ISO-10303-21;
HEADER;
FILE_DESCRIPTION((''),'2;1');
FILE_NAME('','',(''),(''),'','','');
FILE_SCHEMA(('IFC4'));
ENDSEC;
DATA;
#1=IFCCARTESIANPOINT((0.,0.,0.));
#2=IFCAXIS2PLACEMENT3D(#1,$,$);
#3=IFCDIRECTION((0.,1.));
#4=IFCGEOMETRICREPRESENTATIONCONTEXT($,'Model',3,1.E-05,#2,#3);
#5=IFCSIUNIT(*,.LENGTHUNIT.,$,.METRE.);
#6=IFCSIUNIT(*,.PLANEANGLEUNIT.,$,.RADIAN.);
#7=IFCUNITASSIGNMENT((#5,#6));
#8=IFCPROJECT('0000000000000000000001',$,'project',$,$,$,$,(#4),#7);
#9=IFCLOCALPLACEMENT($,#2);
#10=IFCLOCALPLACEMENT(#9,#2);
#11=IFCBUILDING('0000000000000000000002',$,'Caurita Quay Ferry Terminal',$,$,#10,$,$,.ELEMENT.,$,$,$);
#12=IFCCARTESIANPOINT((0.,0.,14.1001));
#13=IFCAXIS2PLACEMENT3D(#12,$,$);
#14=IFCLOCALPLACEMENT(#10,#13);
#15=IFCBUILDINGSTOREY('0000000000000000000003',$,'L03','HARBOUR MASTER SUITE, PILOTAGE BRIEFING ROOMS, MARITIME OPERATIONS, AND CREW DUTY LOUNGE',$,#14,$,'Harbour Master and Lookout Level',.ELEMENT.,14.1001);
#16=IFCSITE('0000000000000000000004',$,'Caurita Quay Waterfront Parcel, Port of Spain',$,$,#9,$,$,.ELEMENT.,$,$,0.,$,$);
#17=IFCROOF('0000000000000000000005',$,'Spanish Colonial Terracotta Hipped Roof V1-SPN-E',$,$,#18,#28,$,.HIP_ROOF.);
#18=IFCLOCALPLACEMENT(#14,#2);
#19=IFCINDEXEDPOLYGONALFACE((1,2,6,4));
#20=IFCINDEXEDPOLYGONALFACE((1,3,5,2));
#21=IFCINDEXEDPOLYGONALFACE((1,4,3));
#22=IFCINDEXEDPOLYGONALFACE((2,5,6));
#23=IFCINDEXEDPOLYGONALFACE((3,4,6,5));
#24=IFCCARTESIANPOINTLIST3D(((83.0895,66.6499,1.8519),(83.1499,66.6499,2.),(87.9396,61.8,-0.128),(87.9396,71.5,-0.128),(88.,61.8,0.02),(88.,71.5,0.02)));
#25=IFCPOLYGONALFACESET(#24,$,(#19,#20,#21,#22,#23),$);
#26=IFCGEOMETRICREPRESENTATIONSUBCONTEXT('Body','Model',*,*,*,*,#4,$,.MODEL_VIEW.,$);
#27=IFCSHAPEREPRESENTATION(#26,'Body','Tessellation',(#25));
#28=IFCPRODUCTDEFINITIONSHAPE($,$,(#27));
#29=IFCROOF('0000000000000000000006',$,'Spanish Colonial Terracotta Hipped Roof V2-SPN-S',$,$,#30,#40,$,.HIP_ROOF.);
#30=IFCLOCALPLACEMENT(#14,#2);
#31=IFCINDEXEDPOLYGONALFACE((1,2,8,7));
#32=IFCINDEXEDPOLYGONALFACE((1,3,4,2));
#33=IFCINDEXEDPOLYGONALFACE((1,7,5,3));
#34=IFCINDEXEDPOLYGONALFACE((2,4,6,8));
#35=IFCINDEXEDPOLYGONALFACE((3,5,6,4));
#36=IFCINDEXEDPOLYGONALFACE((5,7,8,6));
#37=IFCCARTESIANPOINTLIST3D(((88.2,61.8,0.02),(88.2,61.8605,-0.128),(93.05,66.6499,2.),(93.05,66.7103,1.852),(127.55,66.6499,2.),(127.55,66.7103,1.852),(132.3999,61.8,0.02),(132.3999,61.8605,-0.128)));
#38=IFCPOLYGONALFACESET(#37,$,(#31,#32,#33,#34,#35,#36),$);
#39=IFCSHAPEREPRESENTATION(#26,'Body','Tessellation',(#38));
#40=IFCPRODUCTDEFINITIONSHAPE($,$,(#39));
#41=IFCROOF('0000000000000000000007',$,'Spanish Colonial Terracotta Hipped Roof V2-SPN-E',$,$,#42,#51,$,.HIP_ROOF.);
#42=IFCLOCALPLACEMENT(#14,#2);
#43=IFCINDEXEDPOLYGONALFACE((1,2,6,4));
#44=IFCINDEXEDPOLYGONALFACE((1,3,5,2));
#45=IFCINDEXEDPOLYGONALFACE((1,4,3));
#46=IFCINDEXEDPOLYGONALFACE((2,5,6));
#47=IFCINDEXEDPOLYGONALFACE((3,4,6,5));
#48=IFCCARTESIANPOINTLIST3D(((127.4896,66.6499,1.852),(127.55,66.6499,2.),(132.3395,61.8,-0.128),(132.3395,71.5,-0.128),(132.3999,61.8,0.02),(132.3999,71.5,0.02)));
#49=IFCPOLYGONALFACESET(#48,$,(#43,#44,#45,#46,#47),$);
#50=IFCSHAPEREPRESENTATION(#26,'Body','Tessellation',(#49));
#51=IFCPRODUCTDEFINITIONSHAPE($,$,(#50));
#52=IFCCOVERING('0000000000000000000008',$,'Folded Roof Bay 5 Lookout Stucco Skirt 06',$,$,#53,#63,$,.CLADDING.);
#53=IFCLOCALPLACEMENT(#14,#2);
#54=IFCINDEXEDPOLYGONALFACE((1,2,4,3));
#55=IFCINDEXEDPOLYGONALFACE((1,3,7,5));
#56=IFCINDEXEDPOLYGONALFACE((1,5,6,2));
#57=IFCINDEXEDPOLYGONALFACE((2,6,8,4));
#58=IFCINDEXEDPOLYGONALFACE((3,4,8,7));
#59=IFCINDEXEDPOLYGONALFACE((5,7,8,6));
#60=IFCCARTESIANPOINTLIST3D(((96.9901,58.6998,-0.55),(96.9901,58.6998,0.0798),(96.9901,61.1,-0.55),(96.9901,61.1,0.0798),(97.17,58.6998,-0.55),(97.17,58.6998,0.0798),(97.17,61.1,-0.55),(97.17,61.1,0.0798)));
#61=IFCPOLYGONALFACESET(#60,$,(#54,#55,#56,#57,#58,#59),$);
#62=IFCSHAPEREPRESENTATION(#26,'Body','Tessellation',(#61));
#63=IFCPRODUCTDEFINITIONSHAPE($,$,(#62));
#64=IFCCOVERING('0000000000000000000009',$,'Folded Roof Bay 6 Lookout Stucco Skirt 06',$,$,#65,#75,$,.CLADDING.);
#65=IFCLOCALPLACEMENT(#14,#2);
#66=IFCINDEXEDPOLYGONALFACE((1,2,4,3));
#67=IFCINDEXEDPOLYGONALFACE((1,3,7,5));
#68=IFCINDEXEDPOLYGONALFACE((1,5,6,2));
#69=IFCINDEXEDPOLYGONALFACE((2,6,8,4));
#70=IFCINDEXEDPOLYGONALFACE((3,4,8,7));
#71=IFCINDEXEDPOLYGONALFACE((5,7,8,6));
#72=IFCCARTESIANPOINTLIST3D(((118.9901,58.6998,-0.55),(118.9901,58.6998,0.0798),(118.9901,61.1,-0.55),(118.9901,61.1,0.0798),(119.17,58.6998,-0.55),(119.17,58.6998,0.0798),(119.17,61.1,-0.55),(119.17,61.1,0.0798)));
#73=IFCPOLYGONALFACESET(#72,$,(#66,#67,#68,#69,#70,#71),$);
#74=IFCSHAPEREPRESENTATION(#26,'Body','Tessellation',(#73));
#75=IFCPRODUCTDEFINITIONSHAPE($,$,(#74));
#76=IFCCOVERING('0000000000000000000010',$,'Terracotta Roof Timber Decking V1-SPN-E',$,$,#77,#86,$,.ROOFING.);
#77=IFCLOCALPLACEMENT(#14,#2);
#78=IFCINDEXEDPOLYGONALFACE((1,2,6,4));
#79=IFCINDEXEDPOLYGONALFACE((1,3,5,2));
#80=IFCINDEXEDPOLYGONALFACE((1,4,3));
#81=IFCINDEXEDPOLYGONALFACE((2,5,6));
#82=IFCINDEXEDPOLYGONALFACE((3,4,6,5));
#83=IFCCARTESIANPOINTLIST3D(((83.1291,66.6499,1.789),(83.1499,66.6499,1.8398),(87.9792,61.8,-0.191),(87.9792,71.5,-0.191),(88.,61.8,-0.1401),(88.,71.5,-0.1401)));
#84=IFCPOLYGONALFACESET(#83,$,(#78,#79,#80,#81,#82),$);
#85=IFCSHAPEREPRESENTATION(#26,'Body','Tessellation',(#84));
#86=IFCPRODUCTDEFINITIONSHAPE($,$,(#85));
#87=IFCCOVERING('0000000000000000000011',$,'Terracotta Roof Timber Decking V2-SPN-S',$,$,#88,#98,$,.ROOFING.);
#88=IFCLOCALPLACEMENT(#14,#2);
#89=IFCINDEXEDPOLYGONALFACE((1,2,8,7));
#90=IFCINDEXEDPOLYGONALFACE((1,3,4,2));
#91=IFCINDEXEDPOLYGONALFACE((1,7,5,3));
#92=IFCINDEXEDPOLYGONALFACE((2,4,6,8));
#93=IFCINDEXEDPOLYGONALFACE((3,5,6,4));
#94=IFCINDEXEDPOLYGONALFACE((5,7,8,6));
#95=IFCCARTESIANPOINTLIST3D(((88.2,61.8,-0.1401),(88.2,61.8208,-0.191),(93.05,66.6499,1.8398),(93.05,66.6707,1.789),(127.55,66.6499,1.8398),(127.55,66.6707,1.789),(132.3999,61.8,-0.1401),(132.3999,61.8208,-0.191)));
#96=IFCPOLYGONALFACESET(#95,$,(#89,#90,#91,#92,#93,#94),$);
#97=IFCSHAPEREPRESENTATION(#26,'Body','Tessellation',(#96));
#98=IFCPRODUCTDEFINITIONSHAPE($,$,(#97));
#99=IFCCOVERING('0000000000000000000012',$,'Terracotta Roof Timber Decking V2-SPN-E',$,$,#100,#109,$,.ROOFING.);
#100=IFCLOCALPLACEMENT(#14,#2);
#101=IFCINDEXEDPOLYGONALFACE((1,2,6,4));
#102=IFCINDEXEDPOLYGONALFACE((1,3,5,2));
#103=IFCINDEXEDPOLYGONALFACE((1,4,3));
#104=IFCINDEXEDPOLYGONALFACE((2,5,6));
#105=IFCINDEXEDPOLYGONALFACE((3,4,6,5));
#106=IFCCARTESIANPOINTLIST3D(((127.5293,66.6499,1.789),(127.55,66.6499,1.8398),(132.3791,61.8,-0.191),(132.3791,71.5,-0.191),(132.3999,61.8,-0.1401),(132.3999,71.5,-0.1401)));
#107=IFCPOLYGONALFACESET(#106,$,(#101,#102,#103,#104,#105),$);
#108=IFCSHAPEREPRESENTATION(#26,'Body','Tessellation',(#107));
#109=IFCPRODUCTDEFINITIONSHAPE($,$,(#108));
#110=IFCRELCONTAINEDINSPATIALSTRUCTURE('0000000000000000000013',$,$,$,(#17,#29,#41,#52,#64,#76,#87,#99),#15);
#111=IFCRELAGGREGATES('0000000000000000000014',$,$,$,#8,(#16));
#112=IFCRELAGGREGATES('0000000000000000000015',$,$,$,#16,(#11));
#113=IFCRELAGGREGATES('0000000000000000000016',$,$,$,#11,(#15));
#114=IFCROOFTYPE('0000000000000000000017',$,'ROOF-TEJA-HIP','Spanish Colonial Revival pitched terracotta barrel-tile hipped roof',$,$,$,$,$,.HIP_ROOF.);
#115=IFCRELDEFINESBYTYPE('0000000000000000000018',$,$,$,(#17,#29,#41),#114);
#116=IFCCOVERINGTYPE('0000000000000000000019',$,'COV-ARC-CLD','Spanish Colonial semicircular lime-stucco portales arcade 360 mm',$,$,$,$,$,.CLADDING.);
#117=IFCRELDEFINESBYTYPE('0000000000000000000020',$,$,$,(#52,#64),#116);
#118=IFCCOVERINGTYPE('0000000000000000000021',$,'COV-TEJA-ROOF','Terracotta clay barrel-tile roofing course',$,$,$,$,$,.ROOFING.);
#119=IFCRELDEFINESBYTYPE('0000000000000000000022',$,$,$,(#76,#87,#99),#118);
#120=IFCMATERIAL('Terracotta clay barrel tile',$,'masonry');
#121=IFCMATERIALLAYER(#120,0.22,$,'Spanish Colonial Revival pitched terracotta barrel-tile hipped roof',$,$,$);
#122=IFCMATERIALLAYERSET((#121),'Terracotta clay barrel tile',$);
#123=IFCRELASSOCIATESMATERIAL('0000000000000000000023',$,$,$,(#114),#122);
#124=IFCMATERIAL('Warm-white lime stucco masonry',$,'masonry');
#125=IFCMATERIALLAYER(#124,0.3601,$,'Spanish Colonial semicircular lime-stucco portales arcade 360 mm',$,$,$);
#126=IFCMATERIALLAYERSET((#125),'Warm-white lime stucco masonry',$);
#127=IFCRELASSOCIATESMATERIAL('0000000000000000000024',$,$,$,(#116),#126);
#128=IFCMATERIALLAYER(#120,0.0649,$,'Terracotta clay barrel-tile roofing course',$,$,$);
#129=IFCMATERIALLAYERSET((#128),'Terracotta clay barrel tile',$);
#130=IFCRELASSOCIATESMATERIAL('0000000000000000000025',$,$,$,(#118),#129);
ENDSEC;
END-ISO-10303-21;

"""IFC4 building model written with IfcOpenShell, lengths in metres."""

from ifc_helpers import new_model, si_unit, direction, frame, frame_2d, origin, place, context, subcontext, project, spatial, polyline, rectangle, outline, extrude, material, layer, layer_set, type_object, element, save


model = new_model("IFC4")

# Units and contexts
model_context = context("Model", 3, precision=1e-05, world=origin(), true_north=direction((0.0, 1.0)))
body_context = subcontext(model_context, "Body", "Model", "MODEL_VIEW")
ifc_project = project(units=[si_unit("LENGTHUNIT", "METRE"), si_unit("PLANEANGLEUNIT", "RADIAN")], contexts=[model_context])

# Site, building, storey
site_placement = place(None, origin())
site = spatial("IfcSite", under=ifc_project, at=site_placement, Name="Caurita Quay Waterfront Parcel, Port of Spain", CompositionType="ELEMENT", RefElevation=0.0)
building_placement = place(site_placement, origin())
building = spatial("IfcBuilding", under=site, at=building_placement, Name="Caurita Quay Ferry Terminal", CompositionType="ELEMENT")
storey_placement = place(building_placement, frame((0.0, 0.0, 14.1001)))
storey = spatial("IfcBuildingStorey", under=building, at=storey_placement, Name="L03", Description="HARBOUR MASTER SUITE, PILOTAGE BRIEFING ROOMS, MARITIME OPERATIONS, AND CREW DUTY LOUNGE", LongName="Harbour Master and Lookout Level", CompositionType="ELEMENT", Elevation=14.1001)

# Roofs
ifc_material_1 = material(Name="Terracotta clay barrel tile", Category="masonry")
ifc_layer_1 = layer(ifc_material_1, 0.22, Name="Spanish Colonial Revival pitched terracotta barrel-tile hipped roof")
ifc_layer_set_1 = layer_set([ifc_layer_1], Name="Terracotta clay barrel tile")
roof_type = type_object("IfcRoofType", Name="ROOF-TEJA-HIP", Description="Spanish Colonial Revival pitched terracotta barrel-tile hipped roof", PredefinedType="HIP_ROOF", material=ifc_layer_set_1)
roof_1_placement = place(storey_placement, frame((88.0, 61.8, 0.02), z_axis=(0.377954, 0.0, 0.925824), x_axis=(0.0, 1.0, 0.0)))
element("IfcRoof", 1, at=roof_1_placement, inside=storey, type_object=roof_type, Name="Spanish Colonial Terracotta Hipped Roof V1-SPN-E", PredefinedType="HIP_ROOF", context=body_context, shape_type="SweptSolid", body=[
    extrude(outline(polyline([(0.0, 0.0), (9.7, 0.0), (4.8499, 5.2387), (0.0, 0.0)])), origin(), (0.0, 0.0, -1.0), 0.1599),
])
roof_2_placement = place(storey_placement, frame((88.2, 61.8, 0.02), z_axis=(0.0, -0.37797, 0.925818), x_axis=(1.0, 0.0, 0.0)))
element("IfcRoof", 2, at=roof_2_placement, inside=storey, type_object=roof_type, Name="Spanish Colonial Terracotta Hipped Roof V2-SPN-S", PredefinedType="HIP_ROOF", context=body_context, shape_type="SweptSolid", body=[
    extrude(outline(polyline([(0.0, 0.0), (44.2, 0.0), (39.3501, 5.2385), (4.8501, 5.2385), (0.0, 0.0)])), origin(), (0.0, 0.0, -1.0), 0.1599),
])
roof_3_placement = place(storey_placement, frame((132.3999, 61.8, 0.02), z_axis=(0.37797, 0.0, 0.925818), x_axis=(0.0, 1.0, 0.0)))
element("IfcRoof", 3, at=roof_3_placement, inside=storey, type_object=roof_type, Name="Spanish Colonial Terracotta Hipped Roof V2-SPN-E", PredefinedType="HIP_ROOF", context=body_context, shape_type="SweptSolid", body=[
    extrude(outline(polyline([(0.0, 0.0), (9.7, 0.0), (4.8499, 5.2385), (0.0, 0.0)])), origin(), (0.0, 0.0, -1.0), 0.1599),
])

# Coverings
ifc_material_2 = material(Name="Warm-white lime stucco masonry", Category="masonry")
ifc_layer_2 = layer(ifc_material_2, 0.3601, Name="Spanish Colonial semicircular lime-stucco portales arcade 360 mm")
ifc_layer_set_2 = layer_set([ifc_layer_2], Name="Warm-white lime stucco masonry")
covering_type_1 = type_object("IfcCoveringType", Name="COV-ARC-CLD", Description="Spanish Colonial semicircular lime-stucco portales arcade 360 mm", PredefinedType="CLADDING", material=ifc_layer_set_2)
for number, where, z_axis, x_axis, name in (
    (4, (97.0801, 61.1001, -0.55), (0.0, 0.0, 1.0), (0.0, -1.0, 0.0), "Folded Roof Bay 5 Lookout Stucco Skirt 06"),
    (5, (119.0801, 61.1001, -0.55), (0.0, 0.0, 1.0), (0.0, -1.0, 0.0), "Folded Roof Bay 6 Lookout Stucco Skirt 06"),
):
    element("IfcCovering", number, at=place(storey_placement, frame(where, z_axis=z_axis, x_axis=x_axis)), inside=storey, type_object=covering_type_1, Name=name, PredefinedType="CLADDING", context=body_context, shape_type="SweptSolid", body=[
        extrude(rectangle(XDim=2.4001, YDim=0.1799, at=frame_2d((1.2002, 0.0))), origin(), (0.0, 0.0, 1.0), 0.6299),
    ])
ifc_layer_3 = layer(ifc_material_1, 0.0649, Name="Terracotta clay barrel-tile roofing course")
ifc_layer_set_3 = layer_set([ifc_layer_3], Name="Terracotta clay barrel tile")
covering_type_2 = type_object("IfcCoveringType", Name="COV-TEJA-ROOF", Description="Terracotta clay barrel-tile roofing course", PredefinedType="ROOFING", material=ifc_layer_set_3)
covering_1_placement = place(storey_placement, frame((88.0, 61.8, -0.1401), z_axis=(0.377954, 0.0, 0.925824), x_axis=(0.0, 1.0, 0.0)))
element("IfcCovering", 6, at=covering_1_placement, inside=storey, type_object=covering_type_2, Name="Terracotta Roof Timber Decking V1-SPN-E", PredefinedType="ROOFING", context=body_context, shape_type="SweptSolid", body=[
    extrude(outline(polyline([(0.0, 0.0), (9.7, 0.0), (4.8499, 5.2387), (0.0, 0.0)])), origin(), (0.0, 0.0, -1.0), 0.0549),
])
covering_2_placement = place(storey_placement, frame((88.2, 61.8, -0.1401), z_axis=(0.0, -0.37797, 0.925818), x_axis=(1.0, 0.0, 0.0)))
element("IfcCovering", 7, at=covering_2_placement, inside=storey, type_object=covering_type_2, Name="Terracotta Roof Timber Decking V2-SPN-S", PredefinedType="ROOFING", context=body_context, shape_type="SweptSolid", body=[
    extrude(outline(polyline([(0.0, 0.0), (44.2, 0.0), (39.3501, 5.2385), (4.8501, 5.2385), (0.0, 0.0)])), origin(), (0.0, 0.0, -1.0), 0.0549),
])
covering_3_placement = place(storey_placement, frame((132.3999, 61.8, -0.1401), z_axis=(0.37797, 0.0, 0.925818), x_axis=(0.0, 1.0, 0.0)))
element("IfcCovering", 8, at=covering_3_placement, inside=storey, type_object=covering_type_2, Name="Terracotta Roof Timber Decking V2-SPN-E", PredefinedType="ROOFING", context=body_context, shape_type="SweptSolid", body=[
    extrude(outline(polyline([(0.0, 0.0), (9.7, 0.0), (4.8499, 5.2385), (0.0, 0.0)])), origin(), (0.0, 0.0, -1.0), 0.0549),
])

save(model, "model.ifc")
